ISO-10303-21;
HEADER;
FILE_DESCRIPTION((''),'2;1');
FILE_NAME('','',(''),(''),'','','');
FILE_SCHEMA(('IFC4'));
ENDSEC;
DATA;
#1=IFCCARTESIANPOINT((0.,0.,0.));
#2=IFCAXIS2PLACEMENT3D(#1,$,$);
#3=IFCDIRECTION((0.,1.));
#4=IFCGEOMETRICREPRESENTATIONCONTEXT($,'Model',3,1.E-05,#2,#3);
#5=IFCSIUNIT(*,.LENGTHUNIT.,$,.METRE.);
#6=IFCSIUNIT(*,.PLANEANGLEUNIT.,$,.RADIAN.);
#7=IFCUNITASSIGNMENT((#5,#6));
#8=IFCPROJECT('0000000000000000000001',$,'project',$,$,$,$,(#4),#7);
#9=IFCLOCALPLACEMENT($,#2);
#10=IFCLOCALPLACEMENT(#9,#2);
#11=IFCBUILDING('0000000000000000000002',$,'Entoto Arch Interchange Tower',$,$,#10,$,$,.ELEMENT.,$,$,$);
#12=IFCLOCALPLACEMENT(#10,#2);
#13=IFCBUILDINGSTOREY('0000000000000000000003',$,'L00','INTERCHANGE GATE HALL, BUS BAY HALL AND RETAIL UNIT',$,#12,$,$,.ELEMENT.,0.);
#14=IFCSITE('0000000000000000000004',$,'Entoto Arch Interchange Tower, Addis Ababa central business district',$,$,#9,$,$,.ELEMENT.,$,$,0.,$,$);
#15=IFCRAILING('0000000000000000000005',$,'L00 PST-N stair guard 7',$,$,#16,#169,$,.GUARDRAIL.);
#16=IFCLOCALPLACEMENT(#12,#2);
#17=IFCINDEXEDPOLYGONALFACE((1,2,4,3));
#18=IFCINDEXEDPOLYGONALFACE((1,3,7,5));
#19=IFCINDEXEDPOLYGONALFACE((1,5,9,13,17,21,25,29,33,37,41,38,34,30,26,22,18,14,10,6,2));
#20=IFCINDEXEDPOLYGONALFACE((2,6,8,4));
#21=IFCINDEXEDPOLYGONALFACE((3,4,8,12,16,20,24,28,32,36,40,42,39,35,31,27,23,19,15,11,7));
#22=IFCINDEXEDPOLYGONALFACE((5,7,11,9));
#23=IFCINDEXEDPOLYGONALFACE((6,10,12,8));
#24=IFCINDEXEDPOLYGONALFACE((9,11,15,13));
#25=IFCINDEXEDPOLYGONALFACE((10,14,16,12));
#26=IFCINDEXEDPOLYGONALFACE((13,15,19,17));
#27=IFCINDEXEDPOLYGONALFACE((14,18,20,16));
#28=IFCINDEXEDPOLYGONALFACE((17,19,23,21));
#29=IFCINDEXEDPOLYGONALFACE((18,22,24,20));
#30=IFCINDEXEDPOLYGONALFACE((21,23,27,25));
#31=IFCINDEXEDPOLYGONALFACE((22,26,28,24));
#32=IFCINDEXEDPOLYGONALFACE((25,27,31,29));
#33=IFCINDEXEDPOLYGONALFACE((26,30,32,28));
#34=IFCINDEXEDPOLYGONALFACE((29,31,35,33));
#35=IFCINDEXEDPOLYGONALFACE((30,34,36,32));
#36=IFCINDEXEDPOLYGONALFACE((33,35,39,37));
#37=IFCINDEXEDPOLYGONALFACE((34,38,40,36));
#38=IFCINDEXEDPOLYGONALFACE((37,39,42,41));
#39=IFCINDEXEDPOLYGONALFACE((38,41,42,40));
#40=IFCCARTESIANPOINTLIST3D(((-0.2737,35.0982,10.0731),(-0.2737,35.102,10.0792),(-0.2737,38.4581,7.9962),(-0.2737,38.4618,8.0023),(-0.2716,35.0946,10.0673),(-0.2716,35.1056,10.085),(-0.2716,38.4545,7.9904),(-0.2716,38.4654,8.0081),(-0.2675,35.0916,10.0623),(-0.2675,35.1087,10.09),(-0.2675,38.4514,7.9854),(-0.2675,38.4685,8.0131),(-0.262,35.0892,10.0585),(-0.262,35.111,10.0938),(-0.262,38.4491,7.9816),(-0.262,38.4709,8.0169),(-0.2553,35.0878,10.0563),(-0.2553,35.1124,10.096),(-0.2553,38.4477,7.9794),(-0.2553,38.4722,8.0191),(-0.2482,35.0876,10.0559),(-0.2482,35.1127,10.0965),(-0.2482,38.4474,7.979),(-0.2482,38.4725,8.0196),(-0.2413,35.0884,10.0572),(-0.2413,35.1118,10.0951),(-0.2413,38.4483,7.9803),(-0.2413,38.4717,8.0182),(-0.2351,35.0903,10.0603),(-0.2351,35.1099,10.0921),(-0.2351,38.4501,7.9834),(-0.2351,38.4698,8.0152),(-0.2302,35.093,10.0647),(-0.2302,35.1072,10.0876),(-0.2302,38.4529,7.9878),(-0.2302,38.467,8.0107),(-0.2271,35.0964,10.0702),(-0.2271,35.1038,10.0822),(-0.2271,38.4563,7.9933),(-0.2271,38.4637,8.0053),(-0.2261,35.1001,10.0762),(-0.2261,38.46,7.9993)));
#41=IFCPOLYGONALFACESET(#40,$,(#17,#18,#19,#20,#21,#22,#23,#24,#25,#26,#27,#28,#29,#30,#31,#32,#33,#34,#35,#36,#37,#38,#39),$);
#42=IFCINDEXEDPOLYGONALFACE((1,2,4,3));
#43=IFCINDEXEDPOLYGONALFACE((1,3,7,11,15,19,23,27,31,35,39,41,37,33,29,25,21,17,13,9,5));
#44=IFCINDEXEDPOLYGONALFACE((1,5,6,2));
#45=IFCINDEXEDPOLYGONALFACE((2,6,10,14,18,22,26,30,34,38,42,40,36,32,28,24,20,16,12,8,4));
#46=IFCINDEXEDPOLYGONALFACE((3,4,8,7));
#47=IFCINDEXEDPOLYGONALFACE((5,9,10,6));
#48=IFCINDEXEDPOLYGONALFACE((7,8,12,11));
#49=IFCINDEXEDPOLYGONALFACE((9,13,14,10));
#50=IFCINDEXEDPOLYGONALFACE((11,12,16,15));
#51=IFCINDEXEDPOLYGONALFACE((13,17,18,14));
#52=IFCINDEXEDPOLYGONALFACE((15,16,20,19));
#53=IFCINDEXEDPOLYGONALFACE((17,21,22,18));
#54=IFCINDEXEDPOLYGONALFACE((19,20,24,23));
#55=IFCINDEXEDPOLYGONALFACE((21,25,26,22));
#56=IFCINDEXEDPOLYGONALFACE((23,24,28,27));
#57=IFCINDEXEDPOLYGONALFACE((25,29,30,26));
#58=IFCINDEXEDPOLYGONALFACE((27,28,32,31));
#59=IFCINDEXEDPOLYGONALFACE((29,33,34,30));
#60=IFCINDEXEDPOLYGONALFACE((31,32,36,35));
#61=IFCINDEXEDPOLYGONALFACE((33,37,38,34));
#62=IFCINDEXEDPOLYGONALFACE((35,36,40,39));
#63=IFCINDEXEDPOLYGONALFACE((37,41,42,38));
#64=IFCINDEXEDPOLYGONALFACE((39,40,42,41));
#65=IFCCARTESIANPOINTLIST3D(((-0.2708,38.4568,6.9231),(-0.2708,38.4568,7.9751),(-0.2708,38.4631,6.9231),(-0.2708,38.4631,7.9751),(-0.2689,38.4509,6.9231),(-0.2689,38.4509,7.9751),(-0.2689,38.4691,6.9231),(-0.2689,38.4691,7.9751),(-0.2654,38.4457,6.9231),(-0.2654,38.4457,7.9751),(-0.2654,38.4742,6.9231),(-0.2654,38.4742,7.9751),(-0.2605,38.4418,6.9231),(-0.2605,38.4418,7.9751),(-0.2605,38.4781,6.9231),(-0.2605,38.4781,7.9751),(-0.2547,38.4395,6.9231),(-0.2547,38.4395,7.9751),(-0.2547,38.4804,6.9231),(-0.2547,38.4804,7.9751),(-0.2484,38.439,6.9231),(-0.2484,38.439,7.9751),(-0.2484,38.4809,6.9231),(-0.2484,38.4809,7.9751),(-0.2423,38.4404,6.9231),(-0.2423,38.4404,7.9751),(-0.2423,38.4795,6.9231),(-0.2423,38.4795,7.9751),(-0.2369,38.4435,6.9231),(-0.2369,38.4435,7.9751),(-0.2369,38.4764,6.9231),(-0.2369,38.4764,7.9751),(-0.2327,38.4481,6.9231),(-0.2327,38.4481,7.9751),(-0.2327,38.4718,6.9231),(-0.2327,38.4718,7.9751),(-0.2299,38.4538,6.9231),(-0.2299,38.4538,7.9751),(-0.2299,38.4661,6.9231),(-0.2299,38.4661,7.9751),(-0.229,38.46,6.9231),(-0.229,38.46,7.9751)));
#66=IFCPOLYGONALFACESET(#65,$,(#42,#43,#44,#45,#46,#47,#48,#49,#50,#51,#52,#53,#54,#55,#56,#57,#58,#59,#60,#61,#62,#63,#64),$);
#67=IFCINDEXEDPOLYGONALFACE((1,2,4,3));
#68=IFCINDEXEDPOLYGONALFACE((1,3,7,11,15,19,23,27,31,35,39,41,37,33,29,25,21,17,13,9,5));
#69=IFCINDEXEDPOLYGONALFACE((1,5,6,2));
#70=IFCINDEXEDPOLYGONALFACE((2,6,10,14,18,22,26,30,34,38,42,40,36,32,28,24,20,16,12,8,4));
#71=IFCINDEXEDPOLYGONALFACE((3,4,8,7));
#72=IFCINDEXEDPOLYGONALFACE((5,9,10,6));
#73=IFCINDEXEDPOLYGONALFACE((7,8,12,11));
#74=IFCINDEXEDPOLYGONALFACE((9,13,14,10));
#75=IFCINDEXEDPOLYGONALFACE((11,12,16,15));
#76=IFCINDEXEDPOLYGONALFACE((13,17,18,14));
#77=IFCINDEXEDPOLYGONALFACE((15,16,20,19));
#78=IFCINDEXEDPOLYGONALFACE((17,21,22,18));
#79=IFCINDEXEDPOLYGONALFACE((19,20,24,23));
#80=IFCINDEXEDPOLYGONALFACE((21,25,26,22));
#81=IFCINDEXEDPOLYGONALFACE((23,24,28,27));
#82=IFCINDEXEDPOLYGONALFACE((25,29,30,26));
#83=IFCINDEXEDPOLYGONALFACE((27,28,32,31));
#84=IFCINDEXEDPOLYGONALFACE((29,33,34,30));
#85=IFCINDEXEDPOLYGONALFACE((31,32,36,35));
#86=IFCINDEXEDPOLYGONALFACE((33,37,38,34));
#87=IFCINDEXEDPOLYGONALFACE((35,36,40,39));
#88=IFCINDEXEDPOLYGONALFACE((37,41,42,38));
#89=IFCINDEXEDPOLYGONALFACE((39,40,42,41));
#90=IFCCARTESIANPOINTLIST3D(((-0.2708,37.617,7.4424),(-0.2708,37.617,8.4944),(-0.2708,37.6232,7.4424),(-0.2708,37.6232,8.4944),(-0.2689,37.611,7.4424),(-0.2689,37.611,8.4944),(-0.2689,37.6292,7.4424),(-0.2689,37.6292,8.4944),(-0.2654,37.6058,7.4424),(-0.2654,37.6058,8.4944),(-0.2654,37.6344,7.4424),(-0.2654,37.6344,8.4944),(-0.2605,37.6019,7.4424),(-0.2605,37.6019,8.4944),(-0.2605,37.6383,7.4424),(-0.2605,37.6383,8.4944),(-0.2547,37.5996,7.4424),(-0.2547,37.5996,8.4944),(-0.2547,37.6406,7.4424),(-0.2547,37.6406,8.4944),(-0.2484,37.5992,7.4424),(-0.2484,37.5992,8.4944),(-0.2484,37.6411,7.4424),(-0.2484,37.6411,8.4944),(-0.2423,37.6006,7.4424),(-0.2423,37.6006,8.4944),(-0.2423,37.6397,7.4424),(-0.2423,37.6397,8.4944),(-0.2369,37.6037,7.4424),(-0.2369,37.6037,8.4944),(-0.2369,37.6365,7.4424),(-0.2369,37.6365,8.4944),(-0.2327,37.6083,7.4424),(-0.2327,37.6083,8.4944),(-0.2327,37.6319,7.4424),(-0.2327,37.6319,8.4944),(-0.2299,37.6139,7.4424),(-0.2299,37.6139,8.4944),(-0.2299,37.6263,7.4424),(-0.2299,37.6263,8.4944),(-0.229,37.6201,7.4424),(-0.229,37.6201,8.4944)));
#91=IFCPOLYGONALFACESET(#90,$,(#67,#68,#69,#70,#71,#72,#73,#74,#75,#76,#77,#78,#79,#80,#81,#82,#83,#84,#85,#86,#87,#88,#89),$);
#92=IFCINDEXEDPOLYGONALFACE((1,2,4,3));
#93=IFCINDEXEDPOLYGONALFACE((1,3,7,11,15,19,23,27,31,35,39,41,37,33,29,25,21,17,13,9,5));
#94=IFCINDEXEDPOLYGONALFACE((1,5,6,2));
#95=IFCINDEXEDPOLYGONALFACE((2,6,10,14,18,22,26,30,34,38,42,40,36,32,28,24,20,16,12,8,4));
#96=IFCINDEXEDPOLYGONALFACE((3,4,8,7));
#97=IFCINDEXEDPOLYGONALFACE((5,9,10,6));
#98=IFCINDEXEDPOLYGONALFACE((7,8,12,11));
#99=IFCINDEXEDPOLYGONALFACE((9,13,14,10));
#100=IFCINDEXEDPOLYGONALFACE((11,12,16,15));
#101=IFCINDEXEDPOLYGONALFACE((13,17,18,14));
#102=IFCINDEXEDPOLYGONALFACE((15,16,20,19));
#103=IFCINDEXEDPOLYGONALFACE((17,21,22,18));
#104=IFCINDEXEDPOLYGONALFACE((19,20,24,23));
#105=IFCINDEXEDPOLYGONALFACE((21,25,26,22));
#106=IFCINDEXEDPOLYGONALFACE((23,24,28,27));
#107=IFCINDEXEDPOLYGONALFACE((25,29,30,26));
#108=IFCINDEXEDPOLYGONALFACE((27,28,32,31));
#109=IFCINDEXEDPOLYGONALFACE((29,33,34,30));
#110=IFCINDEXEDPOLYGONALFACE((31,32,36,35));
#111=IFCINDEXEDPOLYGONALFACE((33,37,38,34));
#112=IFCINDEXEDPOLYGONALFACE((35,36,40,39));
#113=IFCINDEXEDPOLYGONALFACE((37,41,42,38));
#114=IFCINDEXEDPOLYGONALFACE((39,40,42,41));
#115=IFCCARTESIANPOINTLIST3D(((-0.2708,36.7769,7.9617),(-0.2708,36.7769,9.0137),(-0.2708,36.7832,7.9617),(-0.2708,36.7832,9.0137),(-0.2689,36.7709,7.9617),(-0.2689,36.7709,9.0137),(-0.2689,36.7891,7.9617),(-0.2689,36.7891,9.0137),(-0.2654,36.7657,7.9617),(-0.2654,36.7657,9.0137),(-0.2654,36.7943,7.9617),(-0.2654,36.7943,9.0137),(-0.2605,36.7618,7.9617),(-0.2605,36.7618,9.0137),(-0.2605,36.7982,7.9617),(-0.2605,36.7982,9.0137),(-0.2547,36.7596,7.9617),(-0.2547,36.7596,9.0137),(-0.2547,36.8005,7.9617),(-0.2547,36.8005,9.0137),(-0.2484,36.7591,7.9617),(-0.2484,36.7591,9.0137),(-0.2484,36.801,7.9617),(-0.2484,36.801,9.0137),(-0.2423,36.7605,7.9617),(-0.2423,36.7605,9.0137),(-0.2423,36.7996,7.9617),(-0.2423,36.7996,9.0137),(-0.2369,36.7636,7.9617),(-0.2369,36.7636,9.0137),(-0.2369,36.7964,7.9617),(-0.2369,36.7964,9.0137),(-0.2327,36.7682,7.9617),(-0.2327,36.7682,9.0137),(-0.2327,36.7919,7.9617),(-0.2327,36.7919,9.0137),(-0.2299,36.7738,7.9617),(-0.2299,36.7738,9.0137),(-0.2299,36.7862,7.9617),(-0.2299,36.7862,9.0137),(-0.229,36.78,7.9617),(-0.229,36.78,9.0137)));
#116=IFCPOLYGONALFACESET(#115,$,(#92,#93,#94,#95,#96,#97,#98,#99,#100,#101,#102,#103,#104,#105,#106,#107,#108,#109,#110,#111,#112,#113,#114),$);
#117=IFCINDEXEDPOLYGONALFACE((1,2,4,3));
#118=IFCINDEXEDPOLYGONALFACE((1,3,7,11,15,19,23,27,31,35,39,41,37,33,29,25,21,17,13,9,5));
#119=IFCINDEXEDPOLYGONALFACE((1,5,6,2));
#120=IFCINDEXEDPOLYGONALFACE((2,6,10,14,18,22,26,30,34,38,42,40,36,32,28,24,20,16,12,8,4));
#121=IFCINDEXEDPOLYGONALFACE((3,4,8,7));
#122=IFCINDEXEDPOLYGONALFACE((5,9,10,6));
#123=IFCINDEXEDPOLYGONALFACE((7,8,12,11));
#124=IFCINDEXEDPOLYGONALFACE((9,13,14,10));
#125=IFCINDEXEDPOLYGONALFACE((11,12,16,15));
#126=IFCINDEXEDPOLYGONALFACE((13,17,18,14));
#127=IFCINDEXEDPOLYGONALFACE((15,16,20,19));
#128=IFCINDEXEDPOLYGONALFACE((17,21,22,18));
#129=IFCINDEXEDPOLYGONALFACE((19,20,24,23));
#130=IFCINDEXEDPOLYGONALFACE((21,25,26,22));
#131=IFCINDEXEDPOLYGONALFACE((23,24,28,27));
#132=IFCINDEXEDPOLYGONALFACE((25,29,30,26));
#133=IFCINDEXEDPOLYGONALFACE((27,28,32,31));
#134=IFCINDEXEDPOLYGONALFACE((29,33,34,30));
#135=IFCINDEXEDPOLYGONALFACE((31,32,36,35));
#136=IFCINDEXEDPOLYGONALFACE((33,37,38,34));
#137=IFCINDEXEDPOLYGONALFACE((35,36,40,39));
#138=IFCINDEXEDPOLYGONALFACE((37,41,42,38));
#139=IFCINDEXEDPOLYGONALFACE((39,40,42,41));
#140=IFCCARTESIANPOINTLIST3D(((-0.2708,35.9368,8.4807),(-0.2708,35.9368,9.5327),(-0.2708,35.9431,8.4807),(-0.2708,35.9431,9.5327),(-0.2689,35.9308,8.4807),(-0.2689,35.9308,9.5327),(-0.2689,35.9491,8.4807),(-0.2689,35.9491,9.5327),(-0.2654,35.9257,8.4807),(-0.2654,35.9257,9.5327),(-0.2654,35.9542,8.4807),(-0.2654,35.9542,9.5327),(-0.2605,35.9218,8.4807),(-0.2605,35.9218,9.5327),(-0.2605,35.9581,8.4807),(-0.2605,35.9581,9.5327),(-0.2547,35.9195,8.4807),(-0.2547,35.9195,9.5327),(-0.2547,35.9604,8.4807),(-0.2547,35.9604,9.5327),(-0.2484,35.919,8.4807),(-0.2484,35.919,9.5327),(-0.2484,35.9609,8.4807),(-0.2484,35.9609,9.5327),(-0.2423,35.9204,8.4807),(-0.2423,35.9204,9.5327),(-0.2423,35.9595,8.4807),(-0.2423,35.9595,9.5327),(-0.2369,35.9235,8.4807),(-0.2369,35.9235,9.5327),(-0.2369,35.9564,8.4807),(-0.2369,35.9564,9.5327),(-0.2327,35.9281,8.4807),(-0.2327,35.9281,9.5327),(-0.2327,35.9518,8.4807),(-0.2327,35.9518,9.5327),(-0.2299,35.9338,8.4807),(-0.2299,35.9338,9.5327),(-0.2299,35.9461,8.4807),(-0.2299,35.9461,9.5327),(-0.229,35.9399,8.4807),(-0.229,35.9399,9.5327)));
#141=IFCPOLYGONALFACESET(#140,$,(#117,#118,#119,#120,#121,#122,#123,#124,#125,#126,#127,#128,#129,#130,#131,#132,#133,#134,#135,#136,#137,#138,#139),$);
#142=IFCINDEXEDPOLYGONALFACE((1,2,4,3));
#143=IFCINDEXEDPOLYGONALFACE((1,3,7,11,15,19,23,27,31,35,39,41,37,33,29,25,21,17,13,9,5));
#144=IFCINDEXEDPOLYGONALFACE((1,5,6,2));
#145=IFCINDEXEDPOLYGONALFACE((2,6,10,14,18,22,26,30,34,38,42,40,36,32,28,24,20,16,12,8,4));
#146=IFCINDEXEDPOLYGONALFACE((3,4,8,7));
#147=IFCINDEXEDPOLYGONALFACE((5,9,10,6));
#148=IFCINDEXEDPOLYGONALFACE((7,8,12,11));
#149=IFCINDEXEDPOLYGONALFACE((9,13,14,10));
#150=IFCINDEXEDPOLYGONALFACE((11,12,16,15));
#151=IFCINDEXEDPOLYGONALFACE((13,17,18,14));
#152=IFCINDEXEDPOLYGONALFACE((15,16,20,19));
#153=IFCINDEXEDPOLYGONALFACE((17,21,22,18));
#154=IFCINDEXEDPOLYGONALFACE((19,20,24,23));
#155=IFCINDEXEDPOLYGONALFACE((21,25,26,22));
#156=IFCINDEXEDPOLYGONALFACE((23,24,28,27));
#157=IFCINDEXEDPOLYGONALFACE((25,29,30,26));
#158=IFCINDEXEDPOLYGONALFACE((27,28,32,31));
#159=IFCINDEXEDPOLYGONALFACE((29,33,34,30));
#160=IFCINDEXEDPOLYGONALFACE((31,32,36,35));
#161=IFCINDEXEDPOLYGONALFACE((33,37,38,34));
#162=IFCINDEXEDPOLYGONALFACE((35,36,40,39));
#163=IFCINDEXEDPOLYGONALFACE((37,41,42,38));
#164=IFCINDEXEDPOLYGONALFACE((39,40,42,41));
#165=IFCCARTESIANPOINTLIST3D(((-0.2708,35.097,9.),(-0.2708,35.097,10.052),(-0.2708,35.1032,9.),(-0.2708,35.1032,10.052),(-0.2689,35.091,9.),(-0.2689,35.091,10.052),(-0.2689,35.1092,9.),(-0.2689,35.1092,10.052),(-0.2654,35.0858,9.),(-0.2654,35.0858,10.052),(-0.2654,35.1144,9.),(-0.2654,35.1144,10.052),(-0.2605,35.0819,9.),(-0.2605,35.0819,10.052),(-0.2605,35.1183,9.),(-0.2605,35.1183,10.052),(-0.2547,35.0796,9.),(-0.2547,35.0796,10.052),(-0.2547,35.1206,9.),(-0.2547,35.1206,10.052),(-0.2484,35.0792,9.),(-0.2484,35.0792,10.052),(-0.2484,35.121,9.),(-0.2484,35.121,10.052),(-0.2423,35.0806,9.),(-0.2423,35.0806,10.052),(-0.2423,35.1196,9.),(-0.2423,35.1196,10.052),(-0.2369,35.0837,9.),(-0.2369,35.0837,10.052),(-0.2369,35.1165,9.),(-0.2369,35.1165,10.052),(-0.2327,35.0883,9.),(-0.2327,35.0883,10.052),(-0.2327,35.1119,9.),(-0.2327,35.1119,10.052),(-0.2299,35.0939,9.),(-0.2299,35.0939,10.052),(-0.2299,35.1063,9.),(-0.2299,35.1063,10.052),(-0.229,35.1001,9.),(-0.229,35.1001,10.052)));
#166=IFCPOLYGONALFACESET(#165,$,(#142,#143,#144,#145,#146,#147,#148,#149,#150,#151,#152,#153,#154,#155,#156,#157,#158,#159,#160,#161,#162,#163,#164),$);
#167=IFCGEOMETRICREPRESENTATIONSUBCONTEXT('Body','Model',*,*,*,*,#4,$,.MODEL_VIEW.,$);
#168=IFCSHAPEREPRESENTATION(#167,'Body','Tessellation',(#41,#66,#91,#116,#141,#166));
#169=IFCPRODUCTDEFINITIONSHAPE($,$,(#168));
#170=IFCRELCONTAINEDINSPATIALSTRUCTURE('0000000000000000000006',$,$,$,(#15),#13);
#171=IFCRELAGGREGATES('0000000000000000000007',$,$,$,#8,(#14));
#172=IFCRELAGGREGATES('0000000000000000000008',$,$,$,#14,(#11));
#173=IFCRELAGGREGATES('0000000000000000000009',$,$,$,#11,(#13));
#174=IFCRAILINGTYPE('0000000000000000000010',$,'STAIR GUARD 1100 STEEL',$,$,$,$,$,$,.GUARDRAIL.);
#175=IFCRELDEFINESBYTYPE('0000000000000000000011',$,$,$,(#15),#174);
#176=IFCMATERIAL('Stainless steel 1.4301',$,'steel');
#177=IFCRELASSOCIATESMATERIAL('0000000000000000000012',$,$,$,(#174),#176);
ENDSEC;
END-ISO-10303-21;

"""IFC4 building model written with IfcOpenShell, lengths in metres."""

from ifc_helpers import new_model, si_unit, direction, frame, origin, origin_2d, place, context, subcontext, project, spatial, circle, extrude, material, type_object, element, save


model = new_model("IFC4")

# Units and contexts
model_context = context("Model", 3, precision=1e-05, world=origin(), true_north=direction((0.0, 1.0)))
body_context = subcontext(model_context, "Body", "Model", "MODEL_VIEW")
ifc_project = project(units=[si_unit("LENGTHUNIT", "METRE"), si_unit("PLANEANGLEUNIT", "RADIAN")], contexts=[model_context])

# Site, building, storey
site_placement = place(None, origin())
site = spatial("IfcSite", under=ifc_project, at=site_placement, Name="Entoto Arch Interchange Tower, Addis Ababa central business district", CompositionType="ELEMENT", RefElevation=0.0)
building_placement = place(site_placement, origin())
building = spatial("IfcBuilding", under=site, at=building_placement, Name="Entoto Arch Interchange Tower", CompositionType="ELEMENT")
storey_placement = place(building_placement, origin())
storey = spatial("IfcBuildingStorey", under=building, at=storey_placement, Name="L00", Description="INTERCHANGE GATE HALL, BUS BAY HALL AND RETAIL UNIT", CompositionType="ELEMENT", Elevation=0.0)

# Railing
ifc_material_1 = material(Name="Stainless steel 1.4301", Category="steel")
railing_type_1 = type_object("IfcRailingType", Name="STAIR GUARD 1100 STEEL", PredefinedType="GUARDRAIL", material=ifc_material_1)
for number, where, name in (
    (1, (-0.25, 38.46, 6.9231), "L00 PST-N stair guard 7"),
):
    element("IfcRailing", number, at=place(storey_placement, frame(where)), inside=storey, type_object=railing_type_1, Name=name, PredefinedType="GUARDRAIL", context=body_context, shape_type="SweptSolid", body=[
        extrude(circle(Radius=0.0239, at=origin_2d()), frame((0.0, 0.0, 1.0762), z_axis=(0.0, -0.850606, 0.525803), x_axis=(1.0, 0.0, 0.0)), (0.0, 0.0, 1.0), 3.95),
        extrude(circle(Radius=0.021, at=origin_2d()), origin(), (0.0, 0.0, 1.0), 1.052),
        extrude(circle(Radius=0.021, at=origin_2d()), frame((0.0, -0.8398, 0.5193)), (0.0, 0.0, 1.0), 1.052),
        extrude(circle(Radius=0.021, at=origin_2d()), frame((0.0, -1.6799, 1.0386)), (0.0, 0.0, 1.0), 1.052),
        extrude(circle(Radius=0.021, at=origin_2d()), frame((0.0, -2.52, 1.5576)), (0.0, 0.0, 1.0), 1.052),
        extrude(circle(Radius=0.021, at=origin_2d()), frame((0.0, -3.3599, 2.0769)), (0.0, 0.0, 1.0), 1.052),
    ])

save(model, "model.ifc")
